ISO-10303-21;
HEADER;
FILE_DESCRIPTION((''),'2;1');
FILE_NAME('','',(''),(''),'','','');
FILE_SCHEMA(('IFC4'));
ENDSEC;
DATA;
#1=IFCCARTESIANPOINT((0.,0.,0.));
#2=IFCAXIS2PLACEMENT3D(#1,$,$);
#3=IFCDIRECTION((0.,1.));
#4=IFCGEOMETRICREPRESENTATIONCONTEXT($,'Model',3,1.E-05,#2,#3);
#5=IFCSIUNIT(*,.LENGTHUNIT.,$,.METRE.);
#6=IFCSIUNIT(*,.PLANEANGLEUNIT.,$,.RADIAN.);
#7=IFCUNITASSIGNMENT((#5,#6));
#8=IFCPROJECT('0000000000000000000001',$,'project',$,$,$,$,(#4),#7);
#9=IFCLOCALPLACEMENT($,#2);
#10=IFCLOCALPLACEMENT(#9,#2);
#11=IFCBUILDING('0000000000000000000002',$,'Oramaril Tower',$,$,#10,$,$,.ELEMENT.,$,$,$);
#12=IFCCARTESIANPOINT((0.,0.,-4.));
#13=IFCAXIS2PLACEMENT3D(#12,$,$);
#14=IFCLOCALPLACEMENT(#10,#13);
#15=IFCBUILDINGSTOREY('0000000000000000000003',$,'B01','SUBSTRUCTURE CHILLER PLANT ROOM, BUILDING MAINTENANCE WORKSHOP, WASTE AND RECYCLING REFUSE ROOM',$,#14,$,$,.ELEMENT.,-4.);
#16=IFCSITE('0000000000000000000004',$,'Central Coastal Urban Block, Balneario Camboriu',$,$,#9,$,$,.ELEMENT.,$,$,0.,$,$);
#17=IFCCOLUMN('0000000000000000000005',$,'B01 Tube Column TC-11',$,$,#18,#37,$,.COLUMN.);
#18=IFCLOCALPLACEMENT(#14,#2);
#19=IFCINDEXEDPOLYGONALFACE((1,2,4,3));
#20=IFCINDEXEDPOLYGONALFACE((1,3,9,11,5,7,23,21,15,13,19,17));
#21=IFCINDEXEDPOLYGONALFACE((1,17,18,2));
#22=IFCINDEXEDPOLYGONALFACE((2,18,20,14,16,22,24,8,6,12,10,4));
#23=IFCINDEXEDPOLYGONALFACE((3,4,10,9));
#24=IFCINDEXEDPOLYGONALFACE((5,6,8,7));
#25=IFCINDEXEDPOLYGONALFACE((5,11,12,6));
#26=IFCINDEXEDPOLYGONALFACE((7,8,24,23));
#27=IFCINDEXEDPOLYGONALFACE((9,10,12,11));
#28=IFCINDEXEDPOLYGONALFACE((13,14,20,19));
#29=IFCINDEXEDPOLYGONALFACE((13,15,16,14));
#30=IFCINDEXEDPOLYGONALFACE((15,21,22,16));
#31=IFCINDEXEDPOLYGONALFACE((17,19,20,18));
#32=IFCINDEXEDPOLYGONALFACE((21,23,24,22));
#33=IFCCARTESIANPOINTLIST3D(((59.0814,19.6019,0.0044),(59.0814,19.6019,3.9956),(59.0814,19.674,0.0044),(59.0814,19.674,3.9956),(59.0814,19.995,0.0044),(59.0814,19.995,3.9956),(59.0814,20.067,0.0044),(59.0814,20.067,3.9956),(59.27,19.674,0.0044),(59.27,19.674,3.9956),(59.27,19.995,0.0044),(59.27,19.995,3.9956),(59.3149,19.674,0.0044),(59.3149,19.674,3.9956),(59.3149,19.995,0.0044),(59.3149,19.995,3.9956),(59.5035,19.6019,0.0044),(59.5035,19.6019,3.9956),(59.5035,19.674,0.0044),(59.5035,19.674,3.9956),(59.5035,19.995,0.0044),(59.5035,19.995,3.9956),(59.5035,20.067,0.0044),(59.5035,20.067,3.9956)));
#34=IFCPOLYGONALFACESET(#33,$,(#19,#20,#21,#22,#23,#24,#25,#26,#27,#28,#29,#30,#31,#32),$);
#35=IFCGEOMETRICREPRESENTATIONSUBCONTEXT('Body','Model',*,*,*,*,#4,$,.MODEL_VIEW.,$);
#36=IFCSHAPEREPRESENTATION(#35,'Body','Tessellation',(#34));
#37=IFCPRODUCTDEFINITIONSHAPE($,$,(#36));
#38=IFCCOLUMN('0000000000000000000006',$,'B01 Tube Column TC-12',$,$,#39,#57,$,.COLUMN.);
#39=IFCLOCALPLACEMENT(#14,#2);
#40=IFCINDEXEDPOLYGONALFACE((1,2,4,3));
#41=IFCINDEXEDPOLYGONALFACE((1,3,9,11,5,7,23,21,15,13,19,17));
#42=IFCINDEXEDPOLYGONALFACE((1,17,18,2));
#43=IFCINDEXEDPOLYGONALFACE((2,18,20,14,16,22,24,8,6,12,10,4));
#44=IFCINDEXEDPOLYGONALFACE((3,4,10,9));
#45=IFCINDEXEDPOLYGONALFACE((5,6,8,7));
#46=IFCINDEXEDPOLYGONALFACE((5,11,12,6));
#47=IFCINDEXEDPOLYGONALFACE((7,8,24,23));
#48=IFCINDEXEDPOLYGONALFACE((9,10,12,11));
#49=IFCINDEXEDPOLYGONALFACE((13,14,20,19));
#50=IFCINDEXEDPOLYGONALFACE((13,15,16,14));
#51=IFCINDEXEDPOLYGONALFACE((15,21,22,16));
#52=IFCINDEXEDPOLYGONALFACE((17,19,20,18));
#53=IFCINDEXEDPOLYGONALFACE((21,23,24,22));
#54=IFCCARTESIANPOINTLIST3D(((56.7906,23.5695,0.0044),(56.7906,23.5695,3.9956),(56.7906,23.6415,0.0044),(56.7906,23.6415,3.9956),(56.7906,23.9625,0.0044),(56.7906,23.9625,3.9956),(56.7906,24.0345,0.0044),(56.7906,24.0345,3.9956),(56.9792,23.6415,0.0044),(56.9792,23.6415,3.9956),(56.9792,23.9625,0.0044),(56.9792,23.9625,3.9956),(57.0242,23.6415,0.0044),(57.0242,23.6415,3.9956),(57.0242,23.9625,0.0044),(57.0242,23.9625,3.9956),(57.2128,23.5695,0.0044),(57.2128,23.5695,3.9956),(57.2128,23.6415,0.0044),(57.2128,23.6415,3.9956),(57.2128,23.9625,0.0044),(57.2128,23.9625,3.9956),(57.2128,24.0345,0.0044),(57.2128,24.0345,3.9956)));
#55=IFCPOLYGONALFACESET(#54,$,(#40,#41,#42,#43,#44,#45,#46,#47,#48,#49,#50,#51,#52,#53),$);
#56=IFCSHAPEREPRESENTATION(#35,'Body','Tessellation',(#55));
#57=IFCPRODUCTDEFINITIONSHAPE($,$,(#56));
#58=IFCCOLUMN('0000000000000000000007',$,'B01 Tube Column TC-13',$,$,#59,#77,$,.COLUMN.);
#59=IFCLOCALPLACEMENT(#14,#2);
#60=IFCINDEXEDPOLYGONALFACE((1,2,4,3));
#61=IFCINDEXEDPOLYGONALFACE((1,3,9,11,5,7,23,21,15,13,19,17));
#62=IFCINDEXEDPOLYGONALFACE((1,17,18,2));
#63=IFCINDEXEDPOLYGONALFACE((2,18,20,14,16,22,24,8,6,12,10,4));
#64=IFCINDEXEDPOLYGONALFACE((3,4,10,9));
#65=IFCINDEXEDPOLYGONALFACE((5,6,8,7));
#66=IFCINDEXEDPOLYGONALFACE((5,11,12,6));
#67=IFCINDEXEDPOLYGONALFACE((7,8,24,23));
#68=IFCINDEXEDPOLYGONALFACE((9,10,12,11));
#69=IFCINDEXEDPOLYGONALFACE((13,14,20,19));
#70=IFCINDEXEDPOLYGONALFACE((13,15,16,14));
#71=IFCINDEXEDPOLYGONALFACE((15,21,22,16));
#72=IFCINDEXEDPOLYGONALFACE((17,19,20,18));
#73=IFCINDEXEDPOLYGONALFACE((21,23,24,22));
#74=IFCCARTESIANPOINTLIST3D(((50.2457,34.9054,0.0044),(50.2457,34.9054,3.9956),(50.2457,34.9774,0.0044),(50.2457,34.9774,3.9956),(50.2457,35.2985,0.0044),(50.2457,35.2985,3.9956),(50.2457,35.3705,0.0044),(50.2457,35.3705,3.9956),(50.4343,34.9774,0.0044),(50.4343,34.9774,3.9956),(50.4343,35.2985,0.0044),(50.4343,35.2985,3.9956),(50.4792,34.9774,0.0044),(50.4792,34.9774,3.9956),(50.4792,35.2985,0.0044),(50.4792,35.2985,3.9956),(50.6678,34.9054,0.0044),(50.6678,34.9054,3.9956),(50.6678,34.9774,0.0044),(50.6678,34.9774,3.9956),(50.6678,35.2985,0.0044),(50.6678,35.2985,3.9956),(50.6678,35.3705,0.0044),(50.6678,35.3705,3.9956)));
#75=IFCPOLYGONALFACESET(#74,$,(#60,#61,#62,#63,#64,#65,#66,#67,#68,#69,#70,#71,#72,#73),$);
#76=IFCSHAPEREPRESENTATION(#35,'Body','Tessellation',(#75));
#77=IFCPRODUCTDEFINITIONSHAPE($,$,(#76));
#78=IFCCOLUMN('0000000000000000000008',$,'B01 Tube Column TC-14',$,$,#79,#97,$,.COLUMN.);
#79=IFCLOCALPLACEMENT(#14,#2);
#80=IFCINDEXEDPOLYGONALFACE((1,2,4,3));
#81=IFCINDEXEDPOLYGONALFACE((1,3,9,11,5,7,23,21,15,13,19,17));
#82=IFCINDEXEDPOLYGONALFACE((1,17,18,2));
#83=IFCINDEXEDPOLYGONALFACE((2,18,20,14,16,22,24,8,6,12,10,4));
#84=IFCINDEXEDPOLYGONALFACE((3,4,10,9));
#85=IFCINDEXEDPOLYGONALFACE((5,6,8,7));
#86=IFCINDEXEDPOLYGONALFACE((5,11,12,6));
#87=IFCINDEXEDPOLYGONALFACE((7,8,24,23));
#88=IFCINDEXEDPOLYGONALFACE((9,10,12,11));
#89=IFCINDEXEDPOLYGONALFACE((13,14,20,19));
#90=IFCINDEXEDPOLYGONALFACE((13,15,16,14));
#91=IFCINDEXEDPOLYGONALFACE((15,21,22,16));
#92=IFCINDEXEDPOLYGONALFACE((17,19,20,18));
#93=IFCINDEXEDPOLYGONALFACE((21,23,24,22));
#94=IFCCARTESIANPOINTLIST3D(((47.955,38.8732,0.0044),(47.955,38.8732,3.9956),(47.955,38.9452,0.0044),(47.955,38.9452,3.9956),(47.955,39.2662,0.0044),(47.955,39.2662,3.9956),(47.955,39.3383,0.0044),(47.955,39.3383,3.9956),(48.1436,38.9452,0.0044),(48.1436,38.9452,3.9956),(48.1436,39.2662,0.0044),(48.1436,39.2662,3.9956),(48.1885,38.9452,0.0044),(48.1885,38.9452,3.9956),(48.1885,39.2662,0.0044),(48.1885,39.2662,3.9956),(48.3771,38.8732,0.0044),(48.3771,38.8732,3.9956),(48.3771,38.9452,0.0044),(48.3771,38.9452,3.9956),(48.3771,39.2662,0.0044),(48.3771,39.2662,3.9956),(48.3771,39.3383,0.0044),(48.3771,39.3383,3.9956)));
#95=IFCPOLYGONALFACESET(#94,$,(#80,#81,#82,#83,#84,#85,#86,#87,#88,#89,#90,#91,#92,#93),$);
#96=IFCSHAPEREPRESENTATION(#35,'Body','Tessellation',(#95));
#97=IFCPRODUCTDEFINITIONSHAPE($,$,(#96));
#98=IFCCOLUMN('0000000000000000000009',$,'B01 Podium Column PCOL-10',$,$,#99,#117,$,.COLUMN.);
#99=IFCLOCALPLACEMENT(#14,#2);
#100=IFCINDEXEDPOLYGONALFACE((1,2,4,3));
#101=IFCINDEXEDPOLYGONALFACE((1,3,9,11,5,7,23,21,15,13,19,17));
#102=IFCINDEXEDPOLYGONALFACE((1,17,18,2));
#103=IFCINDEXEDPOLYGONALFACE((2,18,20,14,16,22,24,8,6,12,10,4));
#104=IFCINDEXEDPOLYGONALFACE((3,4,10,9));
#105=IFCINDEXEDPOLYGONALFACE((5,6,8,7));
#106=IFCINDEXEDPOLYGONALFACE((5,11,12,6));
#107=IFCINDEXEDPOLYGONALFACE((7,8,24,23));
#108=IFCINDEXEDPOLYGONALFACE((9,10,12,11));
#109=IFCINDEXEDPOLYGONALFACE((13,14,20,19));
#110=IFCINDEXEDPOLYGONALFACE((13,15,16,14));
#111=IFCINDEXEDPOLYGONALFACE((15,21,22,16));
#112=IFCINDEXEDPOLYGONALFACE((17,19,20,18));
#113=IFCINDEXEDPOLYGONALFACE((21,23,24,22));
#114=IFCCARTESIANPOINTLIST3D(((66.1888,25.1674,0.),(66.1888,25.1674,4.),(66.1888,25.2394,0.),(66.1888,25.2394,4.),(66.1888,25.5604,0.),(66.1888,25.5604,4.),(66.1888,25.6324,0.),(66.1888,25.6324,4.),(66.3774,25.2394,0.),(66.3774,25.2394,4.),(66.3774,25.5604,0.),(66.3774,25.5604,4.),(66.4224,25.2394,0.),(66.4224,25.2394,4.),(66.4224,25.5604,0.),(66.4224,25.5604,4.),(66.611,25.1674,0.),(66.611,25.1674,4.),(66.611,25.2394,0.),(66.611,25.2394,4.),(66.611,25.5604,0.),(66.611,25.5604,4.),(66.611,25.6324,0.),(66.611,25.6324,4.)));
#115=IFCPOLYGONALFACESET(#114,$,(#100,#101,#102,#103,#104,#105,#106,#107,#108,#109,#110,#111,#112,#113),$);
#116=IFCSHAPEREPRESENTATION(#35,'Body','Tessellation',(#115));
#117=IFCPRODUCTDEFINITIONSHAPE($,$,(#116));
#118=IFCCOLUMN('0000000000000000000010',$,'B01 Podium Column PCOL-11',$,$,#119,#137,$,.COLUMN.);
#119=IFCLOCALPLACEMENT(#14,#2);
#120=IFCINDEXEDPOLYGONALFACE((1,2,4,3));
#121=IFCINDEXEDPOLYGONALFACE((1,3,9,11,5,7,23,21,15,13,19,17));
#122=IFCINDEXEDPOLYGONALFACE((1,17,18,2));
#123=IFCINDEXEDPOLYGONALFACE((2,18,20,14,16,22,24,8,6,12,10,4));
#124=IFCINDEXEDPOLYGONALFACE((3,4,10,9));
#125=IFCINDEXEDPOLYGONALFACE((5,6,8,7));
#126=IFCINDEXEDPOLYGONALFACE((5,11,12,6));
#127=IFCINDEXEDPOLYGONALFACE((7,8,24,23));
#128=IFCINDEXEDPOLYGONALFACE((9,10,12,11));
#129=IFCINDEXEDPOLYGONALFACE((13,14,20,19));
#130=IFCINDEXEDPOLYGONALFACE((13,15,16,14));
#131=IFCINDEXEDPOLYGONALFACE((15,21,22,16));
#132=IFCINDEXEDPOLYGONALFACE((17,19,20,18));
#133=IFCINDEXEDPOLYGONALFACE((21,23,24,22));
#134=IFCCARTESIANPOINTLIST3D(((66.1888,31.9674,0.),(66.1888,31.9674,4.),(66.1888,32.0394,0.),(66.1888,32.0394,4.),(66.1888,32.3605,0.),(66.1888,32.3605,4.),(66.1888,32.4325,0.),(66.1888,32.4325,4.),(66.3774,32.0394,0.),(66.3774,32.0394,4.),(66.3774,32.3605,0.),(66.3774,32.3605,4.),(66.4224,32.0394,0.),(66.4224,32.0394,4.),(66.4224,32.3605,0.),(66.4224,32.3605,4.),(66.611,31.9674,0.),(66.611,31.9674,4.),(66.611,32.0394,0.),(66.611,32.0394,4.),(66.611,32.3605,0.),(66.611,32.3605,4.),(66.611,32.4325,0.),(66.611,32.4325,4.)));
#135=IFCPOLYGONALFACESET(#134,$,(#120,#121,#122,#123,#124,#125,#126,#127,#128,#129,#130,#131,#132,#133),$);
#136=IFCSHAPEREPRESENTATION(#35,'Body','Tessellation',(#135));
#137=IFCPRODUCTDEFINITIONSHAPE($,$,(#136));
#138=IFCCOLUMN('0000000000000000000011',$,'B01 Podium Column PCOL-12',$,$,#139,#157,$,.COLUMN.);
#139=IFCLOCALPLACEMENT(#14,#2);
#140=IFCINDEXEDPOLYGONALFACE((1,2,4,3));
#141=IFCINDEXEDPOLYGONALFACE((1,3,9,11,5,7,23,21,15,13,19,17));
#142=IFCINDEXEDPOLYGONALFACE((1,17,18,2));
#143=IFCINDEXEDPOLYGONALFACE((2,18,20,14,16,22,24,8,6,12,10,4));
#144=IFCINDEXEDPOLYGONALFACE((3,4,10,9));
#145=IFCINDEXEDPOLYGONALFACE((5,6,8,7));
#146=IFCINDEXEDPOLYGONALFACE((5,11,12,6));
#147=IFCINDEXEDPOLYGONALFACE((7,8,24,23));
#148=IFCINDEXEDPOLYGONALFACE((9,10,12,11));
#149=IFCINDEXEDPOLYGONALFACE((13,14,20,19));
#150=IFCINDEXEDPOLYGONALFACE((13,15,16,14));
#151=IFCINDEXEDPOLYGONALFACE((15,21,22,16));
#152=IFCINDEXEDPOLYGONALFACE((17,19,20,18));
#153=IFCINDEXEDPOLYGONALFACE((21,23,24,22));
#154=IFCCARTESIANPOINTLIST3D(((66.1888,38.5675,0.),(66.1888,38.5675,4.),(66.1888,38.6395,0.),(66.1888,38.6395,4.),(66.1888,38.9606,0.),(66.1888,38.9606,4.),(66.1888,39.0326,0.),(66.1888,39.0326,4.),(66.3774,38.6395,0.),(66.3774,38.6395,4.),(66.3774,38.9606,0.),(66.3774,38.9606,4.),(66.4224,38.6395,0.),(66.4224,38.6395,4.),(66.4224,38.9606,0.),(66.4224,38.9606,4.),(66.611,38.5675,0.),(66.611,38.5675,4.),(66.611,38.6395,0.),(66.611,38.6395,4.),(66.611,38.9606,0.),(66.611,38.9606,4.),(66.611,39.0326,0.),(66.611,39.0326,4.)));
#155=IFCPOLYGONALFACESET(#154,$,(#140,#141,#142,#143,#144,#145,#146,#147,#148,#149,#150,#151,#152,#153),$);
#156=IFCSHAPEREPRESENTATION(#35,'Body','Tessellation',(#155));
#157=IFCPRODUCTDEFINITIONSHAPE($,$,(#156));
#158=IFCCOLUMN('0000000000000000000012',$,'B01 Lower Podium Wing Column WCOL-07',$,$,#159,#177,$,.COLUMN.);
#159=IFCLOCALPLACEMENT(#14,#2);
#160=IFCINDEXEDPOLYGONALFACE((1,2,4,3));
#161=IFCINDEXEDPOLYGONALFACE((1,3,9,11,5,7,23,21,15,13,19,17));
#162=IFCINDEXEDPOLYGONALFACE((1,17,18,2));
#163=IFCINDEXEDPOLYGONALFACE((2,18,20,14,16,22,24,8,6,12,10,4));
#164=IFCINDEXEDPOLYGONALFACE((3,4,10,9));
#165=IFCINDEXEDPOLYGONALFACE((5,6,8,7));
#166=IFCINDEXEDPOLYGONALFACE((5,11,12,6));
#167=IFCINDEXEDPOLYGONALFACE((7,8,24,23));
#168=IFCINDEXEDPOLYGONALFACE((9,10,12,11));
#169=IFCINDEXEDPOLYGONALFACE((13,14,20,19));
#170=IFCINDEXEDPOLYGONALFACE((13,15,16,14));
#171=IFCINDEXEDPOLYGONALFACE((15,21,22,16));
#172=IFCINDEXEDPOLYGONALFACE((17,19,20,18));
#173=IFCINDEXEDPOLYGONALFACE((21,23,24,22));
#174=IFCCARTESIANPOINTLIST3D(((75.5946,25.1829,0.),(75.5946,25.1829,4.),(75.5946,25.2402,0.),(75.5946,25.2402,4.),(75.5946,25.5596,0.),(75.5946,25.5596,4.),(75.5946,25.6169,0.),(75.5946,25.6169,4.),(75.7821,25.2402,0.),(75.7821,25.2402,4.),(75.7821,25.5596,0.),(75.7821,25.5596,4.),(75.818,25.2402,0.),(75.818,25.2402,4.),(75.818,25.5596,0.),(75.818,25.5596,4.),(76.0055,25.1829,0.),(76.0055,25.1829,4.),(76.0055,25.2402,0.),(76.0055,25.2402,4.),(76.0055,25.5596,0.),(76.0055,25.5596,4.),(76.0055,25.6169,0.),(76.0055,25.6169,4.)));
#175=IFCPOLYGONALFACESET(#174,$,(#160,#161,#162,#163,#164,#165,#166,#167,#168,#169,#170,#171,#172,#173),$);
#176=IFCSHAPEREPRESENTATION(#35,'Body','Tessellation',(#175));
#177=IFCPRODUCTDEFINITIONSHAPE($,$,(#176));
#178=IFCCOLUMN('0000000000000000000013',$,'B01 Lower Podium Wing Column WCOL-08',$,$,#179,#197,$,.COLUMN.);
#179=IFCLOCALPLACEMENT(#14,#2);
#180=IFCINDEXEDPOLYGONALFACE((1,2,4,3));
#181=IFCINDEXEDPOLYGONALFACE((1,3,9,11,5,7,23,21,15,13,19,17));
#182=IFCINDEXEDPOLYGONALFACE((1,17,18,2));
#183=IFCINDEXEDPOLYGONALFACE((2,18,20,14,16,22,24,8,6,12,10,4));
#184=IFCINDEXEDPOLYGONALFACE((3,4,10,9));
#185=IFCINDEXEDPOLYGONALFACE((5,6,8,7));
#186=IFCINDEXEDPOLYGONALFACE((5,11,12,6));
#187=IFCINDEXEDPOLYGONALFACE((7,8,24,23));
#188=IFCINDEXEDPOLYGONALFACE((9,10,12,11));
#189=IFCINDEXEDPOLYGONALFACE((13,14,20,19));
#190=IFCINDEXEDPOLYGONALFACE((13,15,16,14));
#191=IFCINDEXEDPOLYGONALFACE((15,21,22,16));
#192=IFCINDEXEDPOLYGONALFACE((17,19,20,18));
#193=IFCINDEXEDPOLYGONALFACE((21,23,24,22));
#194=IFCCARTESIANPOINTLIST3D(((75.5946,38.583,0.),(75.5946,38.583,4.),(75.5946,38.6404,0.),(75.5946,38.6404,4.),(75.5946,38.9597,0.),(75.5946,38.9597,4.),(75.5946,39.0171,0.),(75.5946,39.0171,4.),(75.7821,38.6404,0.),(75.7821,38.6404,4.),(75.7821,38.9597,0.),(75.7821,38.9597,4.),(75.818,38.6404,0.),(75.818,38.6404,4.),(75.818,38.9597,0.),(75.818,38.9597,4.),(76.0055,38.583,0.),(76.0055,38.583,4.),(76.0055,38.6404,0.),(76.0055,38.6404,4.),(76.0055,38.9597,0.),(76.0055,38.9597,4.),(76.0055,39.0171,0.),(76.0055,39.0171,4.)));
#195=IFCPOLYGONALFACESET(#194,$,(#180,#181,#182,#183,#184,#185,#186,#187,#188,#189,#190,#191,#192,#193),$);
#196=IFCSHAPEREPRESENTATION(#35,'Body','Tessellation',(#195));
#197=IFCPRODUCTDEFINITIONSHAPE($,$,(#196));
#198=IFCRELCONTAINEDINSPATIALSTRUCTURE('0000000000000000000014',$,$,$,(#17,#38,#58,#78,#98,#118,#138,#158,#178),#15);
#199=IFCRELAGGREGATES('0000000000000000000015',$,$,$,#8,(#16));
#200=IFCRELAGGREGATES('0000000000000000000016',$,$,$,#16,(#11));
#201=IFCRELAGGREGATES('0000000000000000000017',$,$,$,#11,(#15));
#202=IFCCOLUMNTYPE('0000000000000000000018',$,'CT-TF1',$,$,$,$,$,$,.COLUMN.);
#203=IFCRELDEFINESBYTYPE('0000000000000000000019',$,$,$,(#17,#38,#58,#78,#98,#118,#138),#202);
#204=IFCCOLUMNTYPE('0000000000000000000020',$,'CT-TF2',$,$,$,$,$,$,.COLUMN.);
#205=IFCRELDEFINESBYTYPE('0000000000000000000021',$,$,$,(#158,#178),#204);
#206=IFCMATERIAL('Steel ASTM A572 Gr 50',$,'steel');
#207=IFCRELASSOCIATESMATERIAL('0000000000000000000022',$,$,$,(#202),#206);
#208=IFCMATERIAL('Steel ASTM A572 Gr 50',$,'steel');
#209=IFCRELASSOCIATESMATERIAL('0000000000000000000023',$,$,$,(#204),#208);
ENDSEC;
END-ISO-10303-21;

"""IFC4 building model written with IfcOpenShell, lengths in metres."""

from ifc_helpers import new_model, si_unit, direction, frame, origin, origin_2d, place, context, subcontext, project, spatial, i_section, extrude, material, material_profile, profile_set, type_object, element, save


model = new_model("IFC4")

# Units and contexts
model_context = context("Model", 3, precision=1e-05, world=origin(), true_north=direction((0.0, 1.0)))
body_context = subcontext(model_context, "Body", "Model", "MODEL_VIEW")
ifc_project = project(units=[si_unit("LENGTHUNIT", "METRE"), si_unit("PLANEANGLEUNIT", "RADIAN")], contexts=[model_context])

# Site, building, storey
site_placement = place(None, origin())
site = spatial("IfcSite", under=ifc_project, at=site_placement, Name="Central Coastal Urban Block, Balneario Camboriu", CompositionType="ELEMENT", RefElevation=0.0)
building_placement = place(site_placement, origin())
building = spatial("IfcBuilding", under=site, at=building_placement, Name="Oramaril Tower", CompositionType="ELEMENT")
storey_placement = place(building_placement, frame((0.0, 0.0, -4.0)))
storey = spatial("IfcBuildingStorey", under=building, at=storey_placement, Name="B01", Description="SUBSTRUCTURE CHILLER PLANT ROOM, BUILDING MAINTENANCE WORKSHOP, WASTE AND RECYCLING REFUSE ROOM", CompositionType="ELEMENT", Elevation=-4.0)

# Columns
ifc_material_1 = material(Name="Steel ASTM A572 Gr 50", Category="steel")
ifc_material_profile_1 = material_profile(ifc_material_1, i_section(OverallWidth=0.4221, OverallDepth=0.4651, WebThickness=0.0449, FlangeThickness=0.072, at=origin_2d()), Name="W14X398")
ifc_profile_set_1 = profile_set([ifc_material_profile_1], Name="Steel ASTM A572 Gr 50")
column_type_1 = type_object("IfcColumnType", Name="CT-TF1", PredefinedType="COLUMN", material=ifc_profile_set_1)
for number, where, z_axis, x_axis, name in (
    (1, (59.2925, 19.8345, 0.0044), (0.0, 0.0, 1.0), (1.0, 0.0, 0.0), "B01 Tube Column TC-11"),
    (2, (57.0017, 23.802, 0.0044), (0.0, 0.0, 1.0), (1.0, 0.0, 0.0), "B01 Tube Column TC-12"),
    (3, (50.4568, 35.1379, 0.0044), (0.0, 0.0, 1.0), (1.0, 0.0, 0.0), "B01 Tube Column TC-13"),
    (4, (48.166, 39.1057, 0.0044), (0.0, 0.0, 1.0), (1.0, 0.0, 0.0), "B01 Tube Column TC-14"),
):
    element("IfcColumn", number, at=place(storey_placement, frame(where, z_axis=z_axis, x_axis=x_axis)), inside=storey, type_object=column_type_1, Name=name, PredefinedType="COLUMN", context=body_context, shape_type="SweptSolid", body=[
        extrude(i_section(OverallWidth=0.4221, OverallDepth=0.4651, WebThickness=0.0449, FlangeThickness=0.072, at=origin_2d()), origin(), (0.0, 0.0, 1.0), 3.9912),
    ])
for number, where, z_axis, x_axis, name in (
    (5, (66.3999, 25.3999, 0.0), (0.0, 0.0, 1.0), (1.0, 0.0, 0.0), "B01 Podium Column PCOL-10"),
    (6, (66.3999, 32.2, 0.0), (0.0, 0.0, 1.0), (1.0, 0.0, 0.0), "B01 Podium Column PCOL-11"),
    (7, (66.3999, 38.8, 0.0), (0.0, 0.0, 1.0), (1.0, 0.0, 0.0), "B01 Podium Column PCOL-12"),
):
    element("IfcColumn", number, at=place(storey_placement, frame(where, z_axis=z_axis, x_axis=x_axis)), inside=storey, type_object=column_type_1, Name=name, PredefinedType="COLUMN", context=body_context, shape_type="SweptSolid", body=[
        extrude(i_section(OverallWidth=0.4221, OverallDepth=0.4651, WebThickness=0.0449, FlangeThickness=0.072, at=origin_2d()), origin(), (0.0, 0.0, 1.0), 4.0),
    ])
ifc_material_2 = material(Name="Steel ASTM A572 Gr 50", Category="steel")
ifc_material_profile_2 = material_profile(ifc_material_2, i_section(OverallWidth=0.4109, OverallDepth=0.4341, WebThickness=0.0359, FlangeThickness=0.0574, at=origin_2d()), Name="W14X311")
ifc_profile_set_2 = profile_set([ifc_material_profile_2], Name="Steel ASTM A572 Gr 50")
column_type_2 = type_object("IfcColumnType", Name="CT-TF2", PredefinedType="COLUMN", material=ifc_profile_set_2)
for number, where, z_axis, x_axis, name in (
    (8, (75.8, 25.3999, 0.0), (0.0, 0.0, 1.0), (1.0, 0.0, 0.0), "B01 Lower Podium Wing Column WCOL-07"),
    (9, (75.8, 38.8, 0.0), (0.0, 0.0, 1.0), (1.0, 0.0, 0.0), "B01 Lower Podium Wing Column WCOL-08"),
):
    element("IfcColumn", number, at=place(storey_placement, frame(where, z_axis=z_axis, x_axis=x_axis)), inside=storey, type_object=column_type_2, Name=name, PredefinedType="COLUMN", context=body_context, shape_type="SweptSolid", body=[
        extrude(i_section(OverallWidth=0.4109, OverallDepth=0.4341, WebThickness=0.0359, FlangeThickness=0.0574, at=origin_2d()), origin(), (0.0, 0.0, 1.0), 4.0),
    ])

save(model, "model.ifc")
